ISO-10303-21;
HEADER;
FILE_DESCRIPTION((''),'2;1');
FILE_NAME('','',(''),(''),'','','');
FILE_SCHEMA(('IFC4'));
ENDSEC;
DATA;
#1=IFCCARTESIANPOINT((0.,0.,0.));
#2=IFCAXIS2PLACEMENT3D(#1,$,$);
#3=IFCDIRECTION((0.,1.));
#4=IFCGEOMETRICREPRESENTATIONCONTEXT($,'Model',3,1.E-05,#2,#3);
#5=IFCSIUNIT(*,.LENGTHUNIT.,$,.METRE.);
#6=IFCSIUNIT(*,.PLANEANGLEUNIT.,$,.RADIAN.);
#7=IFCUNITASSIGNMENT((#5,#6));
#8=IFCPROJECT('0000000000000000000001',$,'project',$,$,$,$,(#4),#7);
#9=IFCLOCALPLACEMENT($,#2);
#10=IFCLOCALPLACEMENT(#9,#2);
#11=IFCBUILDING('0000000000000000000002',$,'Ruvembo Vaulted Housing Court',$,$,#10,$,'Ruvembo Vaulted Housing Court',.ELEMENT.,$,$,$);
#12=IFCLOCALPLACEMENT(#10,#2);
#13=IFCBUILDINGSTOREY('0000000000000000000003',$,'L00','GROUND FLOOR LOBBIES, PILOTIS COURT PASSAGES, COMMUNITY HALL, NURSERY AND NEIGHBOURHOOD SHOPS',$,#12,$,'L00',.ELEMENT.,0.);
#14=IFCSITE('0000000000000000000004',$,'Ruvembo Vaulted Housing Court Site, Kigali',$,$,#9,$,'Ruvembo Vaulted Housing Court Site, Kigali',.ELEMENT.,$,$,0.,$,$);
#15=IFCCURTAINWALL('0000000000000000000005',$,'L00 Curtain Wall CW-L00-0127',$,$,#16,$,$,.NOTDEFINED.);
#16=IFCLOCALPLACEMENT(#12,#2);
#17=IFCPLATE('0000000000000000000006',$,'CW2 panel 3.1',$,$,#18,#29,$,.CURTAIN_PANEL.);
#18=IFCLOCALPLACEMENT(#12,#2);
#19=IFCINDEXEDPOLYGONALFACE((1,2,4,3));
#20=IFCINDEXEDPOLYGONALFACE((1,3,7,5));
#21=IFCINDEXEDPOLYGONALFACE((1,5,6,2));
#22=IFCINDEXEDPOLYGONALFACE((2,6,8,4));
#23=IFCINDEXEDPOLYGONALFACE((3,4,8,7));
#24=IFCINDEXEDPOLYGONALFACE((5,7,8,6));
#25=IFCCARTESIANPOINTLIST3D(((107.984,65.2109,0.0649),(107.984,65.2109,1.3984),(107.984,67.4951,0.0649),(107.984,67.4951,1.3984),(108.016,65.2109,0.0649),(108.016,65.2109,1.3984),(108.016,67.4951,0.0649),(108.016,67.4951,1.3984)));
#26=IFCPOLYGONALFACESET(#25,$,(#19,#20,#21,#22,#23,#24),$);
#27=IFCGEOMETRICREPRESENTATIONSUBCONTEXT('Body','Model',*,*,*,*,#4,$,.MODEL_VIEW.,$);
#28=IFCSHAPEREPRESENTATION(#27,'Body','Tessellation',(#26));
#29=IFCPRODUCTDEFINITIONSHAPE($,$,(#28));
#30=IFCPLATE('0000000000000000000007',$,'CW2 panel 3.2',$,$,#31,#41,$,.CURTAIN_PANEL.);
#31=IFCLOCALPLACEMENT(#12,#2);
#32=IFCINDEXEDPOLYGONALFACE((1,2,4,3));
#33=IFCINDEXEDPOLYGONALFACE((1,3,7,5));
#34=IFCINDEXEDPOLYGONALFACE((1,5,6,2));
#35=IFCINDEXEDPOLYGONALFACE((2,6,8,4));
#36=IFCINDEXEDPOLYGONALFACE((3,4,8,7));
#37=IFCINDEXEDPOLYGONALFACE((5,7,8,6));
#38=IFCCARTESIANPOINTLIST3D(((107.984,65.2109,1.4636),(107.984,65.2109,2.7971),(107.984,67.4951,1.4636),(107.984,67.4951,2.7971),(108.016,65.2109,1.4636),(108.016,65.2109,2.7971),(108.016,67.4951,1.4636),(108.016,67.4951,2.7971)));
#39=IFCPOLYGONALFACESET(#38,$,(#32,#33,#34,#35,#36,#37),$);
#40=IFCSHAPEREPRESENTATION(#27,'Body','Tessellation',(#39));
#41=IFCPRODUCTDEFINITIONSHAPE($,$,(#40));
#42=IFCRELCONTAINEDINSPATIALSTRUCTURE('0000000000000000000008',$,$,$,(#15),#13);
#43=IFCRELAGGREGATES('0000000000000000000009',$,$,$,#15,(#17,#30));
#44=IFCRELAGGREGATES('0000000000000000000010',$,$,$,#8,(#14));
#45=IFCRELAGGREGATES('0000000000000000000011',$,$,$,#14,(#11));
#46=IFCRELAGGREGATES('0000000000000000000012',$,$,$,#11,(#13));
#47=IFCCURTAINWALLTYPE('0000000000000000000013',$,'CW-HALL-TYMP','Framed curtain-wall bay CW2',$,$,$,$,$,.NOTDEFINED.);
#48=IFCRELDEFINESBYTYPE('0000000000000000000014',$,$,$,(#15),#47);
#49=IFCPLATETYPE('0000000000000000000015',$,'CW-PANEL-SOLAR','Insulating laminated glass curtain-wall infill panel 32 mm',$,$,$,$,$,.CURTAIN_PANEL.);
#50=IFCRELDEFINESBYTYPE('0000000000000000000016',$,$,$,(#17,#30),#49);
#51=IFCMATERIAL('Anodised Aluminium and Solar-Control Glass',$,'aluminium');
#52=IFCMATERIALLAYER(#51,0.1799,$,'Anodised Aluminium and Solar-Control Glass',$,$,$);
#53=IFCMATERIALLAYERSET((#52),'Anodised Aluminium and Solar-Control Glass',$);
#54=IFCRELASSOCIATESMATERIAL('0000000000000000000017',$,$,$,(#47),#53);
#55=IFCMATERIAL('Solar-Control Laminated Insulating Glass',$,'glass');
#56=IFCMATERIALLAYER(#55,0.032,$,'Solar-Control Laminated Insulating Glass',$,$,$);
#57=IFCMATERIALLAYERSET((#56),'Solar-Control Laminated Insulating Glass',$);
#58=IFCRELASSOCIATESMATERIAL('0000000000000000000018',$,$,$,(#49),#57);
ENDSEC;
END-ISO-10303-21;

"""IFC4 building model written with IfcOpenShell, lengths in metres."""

from ifc_helpers import new_model, si_unit, direction, frame, origin, origin_2d, place, context, subcontext, project, spatial, rectangle, extrude, material, layer, layer_set, type_object, element, aggregate, save


model = new_model("IFC4")

# Units and contexts
model_context = context("Model", 3, precision=1e-05, world=origin(), true_north=direction((0.0, 1.0)))
body_context = subcontext(model_context, "Body", "Model", "MODEL_VIEW")
ifc_project = project(units=[si_unit("LENGTHUNIT", "METRE"), si_unit("PLANEANGLEUNIT", "RADIAN")], contexts=[model_context])

# Site, building, storey
site_placement = place(None, origin())
site = spatial("IfcSite", under=ifc_project, at=site_placement, Name="Ruvembo Vaulted Housing Court Site, Kigali", LongName="Ruvembo Vaulted Housing Court Site, Kigali", CompositionType="ELEMENT", RefElevation=0.0)
building_placement = place(site_placement, origin())
building = spatial("IfcBuilding", under=site, at=building_placement, Name="Ruvembo Vaulted Housing Court", LongName="Ruvembo Vaulted Housing Court", CompositionType="ELEMENT")
storey_placement = place(building_placement, origin())
storey = spatial("IfcBuildingStorey", under=building, at=storey_placement, Name="L00", Description="GROUND FLOOR LOBBIES, PILOTIS COURT PASSAGES, COMMUNITY HALL, NURSERY AND NEIGHBOURHOOD SHOPS", LongName="L00", CompositionType="ELEMENT", Elevation=0.0)

# Curtain wall
ifc_material_1 = material(Name="Anodised Aluminium and Solar-Control Glass", Category="aluminium")
ifc_layer_1 = layer(ifc_material_1, 0.1799, Name="Anodised Aluminium and Solar-Control Glass")
ifc_layer_set_1 = layer_set([ifc_layer_1], Name="Anodised Aluminium and Solar-Control Glass")
curtain_wall_type_1 = type_object("IfcCurtainWallType", Name="CW-HALL-TYMP", Description="Framed curtain-wall bay CW2", PredefinedType="NOTDEFINED", material=ifc_layer_set_1)
curtain_wall_1_placement = place(storey_placement, origin())
curtain_wall_1 = element("IfcCurtainWall", 1, at=curtain_wall_1_placement, inside=storey, type_object=curtain_wall_type_1, Name="L00 Curtain Wall CW-L00-0127", PredefinedType="NOTDEFINED")

# Plates
ifc_material_2 = material(Name="Solar-Control Laminated Insulating Glass", Category="glass")
ifc_layer_2 = layer(ifc_material_2, 0.032, Name="Solar-Control Laminated Insulating Glass")
ifc_layer_set_2 = layer_set([ifc_layer_2], Name="Solar-Control Laminated Insulating Glass")
plate_type_1 = type_object("IfcPlateType", Name="CW-PANEL-SOLAR", Description="Insulating laminated glass curtain-wall infill panel 32 mm", PredefinedType="CURTAIN_PANEL", material=ifc_layer_set_2)
plate_1_placement = place(storey_placement, frame((108.0, 66.353, 0.0649), z_axis=(0.0, 0.0, 1.0), x_axis=(0.0, 1.0, 0.0)))
plate_1 = element("IfcPlate", 2, at=plate_1_placement, type_object=plate_type_1, Name="CW2 panel 3.1", PredefinedType="CURTAIN_PANEL", context=body_context, shape_type="SweptSolid", body=[
    extrude(rectangle(XDim=2.2842, YDim=0.032, at=origin_2d()), origin(), (0.0, 0.0, 1.0), 1.3335),
])
plate_2_placement = place(storey_placement, frame((108.0, 66.353, 1.4636), z_axis=(0.0, 0.0, 1.0), x_axis=(0.0, 1.0, 0.0)))
plate_2 = element("IfcPlate", 3, at=plate_2_placement, type_object=plate_type_1, Name="CW2 panel 3.2", PredefinedType="CURTAIN_PANEL", context=body_context, shape_type="SweptSolid", body=[
    extrude(rectangle(XDim=2.2842, YDim=0.032, at=origin_2d()), origin(), (0.0, 0.0, 1.0), 1.3335),
])
aggregate(curtain_wall_1, [plate_1, plate_2])

save(model, "model.ifc")
